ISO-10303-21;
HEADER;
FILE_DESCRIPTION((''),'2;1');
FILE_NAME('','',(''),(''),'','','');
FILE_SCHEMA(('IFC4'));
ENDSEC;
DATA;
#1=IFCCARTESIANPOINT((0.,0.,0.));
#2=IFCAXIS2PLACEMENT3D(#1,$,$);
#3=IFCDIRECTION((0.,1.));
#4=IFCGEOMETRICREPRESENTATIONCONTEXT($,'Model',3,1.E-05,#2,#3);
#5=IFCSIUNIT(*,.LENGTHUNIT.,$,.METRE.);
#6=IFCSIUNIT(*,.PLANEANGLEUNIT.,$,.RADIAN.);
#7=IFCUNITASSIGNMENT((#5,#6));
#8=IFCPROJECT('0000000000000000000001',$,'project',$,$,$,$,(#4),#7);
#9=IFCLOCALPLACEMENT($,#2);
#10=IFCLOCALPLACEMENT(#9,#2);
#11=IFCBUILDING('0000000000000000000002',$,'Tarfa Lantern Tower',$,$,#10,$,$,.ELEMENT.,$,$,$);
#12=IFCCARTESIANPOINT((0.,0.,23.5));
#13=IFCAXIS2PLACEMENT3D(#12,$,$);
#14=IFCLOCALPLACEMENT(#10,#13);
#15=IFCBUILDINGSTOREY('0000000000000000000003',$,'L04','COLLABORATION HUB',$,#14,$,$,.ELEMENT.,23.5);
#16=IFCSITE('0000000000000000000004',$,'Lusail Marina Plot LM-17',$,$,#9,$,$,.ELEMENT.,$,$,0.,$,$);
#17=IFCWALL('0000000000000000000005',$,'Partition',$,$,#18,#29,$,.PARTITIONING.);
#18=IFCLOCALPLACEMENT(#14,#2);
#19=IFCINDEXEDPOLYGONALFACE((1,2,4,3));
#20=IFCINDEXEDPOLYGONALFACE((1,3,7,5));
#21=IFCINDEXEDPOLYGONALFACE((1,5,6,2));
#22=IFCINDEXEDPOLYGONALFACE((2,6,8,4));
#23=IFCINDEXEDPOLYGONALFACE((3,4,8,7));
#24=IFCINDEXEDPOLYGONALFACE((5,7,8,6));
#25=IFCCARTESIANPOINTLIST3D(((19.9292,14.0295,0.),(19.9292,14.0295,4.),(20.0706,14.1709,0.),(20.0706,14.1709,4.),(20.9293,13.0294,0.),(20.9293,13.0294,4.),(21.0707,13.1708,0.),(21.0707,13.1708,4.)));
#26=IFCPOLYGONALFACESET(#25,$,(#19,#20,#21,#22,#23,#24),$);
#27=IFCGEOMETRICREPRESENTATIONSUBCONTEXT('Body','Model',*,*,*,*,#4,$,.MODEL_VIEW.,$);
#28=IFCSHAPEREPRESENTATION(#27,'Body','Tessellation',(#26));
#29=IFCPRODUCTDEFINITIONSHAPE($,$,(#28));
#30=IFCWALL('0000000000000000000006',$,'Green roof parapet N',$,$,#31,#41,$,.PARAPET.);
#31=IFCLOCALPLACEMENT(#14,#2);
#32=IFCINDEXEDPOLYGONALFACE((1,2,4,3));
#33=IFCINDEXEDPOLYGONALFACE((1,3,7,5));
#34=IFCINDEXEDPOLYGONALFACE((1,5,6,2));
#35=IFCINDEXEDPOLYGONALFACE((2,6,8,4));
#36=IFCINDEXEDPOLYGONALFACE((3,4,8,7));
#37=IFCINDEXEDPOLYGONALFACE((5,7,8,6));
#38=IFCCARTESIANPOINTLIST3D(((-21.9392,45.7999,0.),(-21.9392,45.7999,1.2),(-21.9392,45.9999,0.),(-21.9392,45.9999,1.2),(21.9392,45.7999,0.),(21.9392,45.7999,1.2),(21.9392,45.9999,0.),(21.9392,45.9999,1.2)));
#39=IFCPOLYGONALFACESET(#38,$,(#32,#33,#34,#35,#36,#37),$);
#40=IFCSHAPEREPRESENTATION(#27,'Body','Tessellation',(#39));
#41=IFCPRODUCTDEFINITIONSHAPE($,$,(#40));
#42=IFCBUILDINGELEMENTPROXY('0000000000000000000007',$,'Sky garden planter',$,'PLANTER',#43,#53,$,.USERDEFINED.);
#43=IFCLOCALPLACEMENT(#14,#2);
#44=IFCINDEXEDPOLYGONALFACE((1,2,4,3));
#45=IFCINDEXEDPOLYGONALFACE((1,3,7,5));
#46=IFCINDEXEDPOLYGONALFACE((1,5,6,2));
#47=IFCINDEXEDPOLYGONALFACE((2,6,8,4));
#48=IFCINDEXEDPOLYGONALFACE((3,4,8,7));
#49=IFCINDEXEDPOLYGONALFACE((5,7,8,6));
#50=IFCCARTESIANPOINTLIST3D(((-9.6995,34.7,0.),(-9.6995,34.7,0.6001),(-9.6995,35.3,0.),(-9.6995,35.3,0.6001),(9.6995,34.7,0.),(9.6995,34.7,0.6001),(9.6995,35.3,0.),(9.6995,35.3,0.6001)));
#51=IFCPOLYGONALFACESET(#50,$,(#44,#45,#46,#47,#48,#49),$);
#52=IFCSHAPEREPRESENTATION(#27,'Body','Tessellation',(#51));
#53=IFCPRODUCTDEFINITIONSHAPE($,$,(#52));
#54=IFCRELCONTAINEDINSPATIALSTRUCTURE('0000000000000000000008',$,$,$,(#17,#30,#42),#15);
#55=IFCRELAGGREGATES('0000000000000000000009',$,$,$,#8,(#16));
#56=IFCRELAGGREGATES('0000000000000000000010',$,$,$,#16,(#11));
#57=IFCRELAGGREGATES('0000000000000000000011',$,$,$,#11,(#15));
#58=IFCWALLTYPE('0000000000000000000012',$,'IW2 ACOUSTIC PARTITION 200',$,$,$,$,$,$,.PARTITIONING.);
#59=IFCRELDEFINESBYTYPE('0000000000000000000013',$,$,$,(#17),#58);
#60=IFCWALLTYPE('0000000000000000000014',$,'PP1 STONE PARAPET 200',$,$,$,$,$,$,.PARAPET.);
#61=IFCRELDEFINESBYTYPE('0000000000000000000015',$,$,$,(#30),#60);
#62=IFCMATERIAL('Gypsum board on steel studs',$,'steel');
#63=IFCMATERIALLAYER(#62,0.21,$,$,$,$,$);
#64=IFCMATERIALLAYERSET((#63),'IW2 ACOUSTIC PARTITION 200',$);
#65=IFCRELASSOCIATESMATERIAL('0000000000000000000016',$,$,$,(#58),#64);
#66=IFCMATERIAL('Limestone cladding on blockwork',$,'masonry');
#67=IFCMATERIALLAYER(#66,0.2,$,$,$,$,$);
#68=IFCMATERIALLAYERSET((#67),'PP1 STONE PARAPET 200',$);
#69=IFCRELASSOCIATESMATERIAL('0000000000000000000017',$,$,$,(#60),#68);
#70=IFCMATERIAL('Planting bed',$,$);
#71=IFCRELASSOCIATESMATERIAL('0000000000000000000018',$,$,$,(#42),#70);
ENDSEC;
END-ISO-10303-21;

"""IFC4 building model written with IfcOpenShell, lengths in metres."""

from ifc_helpers import new_model, si_unit, direction, frame, frame_2d, origin, origin_2d, place, context, subcontext, project, spatial, rectangle, extrude, material, layer, layer_set, type_object, element, save


model = new_model("IFC4")

# Units and contexts
model_context = context("Model", 3, precision=1e-05, world=origin(), true_north=direction((0.0, 1.0)))
body_context = subcontext(model_context, "Body", "Model", "MODEL_VIEW")
ifc_project = project(units=[si_unit("LENGTHUNIT", "METRE"), si_unit("PLANEANGLEUNIT", "RADIAN")], contexts=[model_context])

# Site, building, storey
site_placement = place(None, origin())
site = spatial("IfcSite", under=ifc_project, at=site_placement, Name="Lusail Marina Plot LM-17", CompositionType="ELEMENT", RefElevation=0.0)
building_placement = place(site_placement, origin())
building = spatial("IfcBuilding", under=site, at=building_placement, Name="Tarfa Lantern Tower", CompositionType="ELEMENT")
storey_placement = place(building_placement, frame((0.0, 0.0, 23.5)))
storey = spatial("IfcBuildingStorey", under=building, at=storey_placement, Name="L04", Description="COLLABORATION HUB", CompositionType="ELEMENT", Elevation=23.5)

# Shared definitions
ifc_material_1 = material(Name="Limestone cladding on blockwork", Category="masonry")

# Walls
ifc_material_2 = material(Name="Gypsum board on steel studs", Category="steel")
ifc_layer_1 = layer(ifc_material_2, 0.21)
ifc_layer_set_1 = layer_set([ifc_layer_1], Name="IW2 ACOUSTIC PARTITION 200")
wall_type_1 = type_object("IfcWallType", Name="IW2 ACOUSTIC PARTITION 200", PredefinedType="PARTITIONING", material=ifc_layer_set_1)
wall_1_placement = place(storey_placement, frame((20.0, 14.1001, 0.0), z_axis=(0.0, 0.0, 1.0), x_axis=(0.707107, -0.707107, 0.0)))
element("IfcWall", 1, at=wall_1_placement, inside=storey, type_object=wall_type_1, Name="Partition", PredefinedType="PARTITIONING", context=body_context, shape_type="SweptSolid", body=[
    extrude(rectangle(XDim=1.4143, YDim=0.2, at=frame_2d((0.707, 0.0))), origin(), (0.0, 0.0, 1.0), 4.0),
])
ifc_layer_2 = layer(ifc_material_1, 0.2)
ifc_layer_set_2 = layer_set([ifc_layer_2], Name="PP1 STONE PARAPET 200")
wall_type_2 = type_object("IfcWallType", Name="PP1 STONE PARAPET 200", PredefinedType="PARAPET", material=ifc_layer_set_2)
wall_2_placement = place(storey_placement, frame((21.9392, 45.8999, 0.0), z_axis=(0.0, 0.0, 1.0), x_axis=(-1.0, 0.0, 0.0)))
element("IfcWall", 2, at=wall_2_placement, inside=storey, type_object=wall_type_2, Name="Green roof parapet N", PredefinedType="PARAPET", context=body_context, shape_type="SweptSolid", body=[
    extrude(rectangle(XDim=43.8784, YDim=0.2, at=frame_2d((21.9392, 0.0))), origin(), (0.0, 0.0, 1.0), 1.2),
])

# Building element proxy
ifc_material_3 = material(Name="Planting bed")
proxy_placement = place(storey_placement, frame((0.0, 35.0, 0.0), z_axis=(0.0, 0.0, 1.0), x_axis=(-1.0, 0.0, 0.0)))
element("IfcBuildingElementProxy", 3, at=proxy_placement, inside=storey, material=ifc_material_3, Name="Sky garden planter", ObjectType="PLANTER", PredefinedType="USERDEFINED", context=body_context, shape_type="SweptSolid", body=[
    extrude(rectangle(XDim=19.3989, YDim=0.6001, at=origin_2d()), origin(), (0.0, 0.0, 1.0), 0.6001),
])

save(model, "model.ifc")
